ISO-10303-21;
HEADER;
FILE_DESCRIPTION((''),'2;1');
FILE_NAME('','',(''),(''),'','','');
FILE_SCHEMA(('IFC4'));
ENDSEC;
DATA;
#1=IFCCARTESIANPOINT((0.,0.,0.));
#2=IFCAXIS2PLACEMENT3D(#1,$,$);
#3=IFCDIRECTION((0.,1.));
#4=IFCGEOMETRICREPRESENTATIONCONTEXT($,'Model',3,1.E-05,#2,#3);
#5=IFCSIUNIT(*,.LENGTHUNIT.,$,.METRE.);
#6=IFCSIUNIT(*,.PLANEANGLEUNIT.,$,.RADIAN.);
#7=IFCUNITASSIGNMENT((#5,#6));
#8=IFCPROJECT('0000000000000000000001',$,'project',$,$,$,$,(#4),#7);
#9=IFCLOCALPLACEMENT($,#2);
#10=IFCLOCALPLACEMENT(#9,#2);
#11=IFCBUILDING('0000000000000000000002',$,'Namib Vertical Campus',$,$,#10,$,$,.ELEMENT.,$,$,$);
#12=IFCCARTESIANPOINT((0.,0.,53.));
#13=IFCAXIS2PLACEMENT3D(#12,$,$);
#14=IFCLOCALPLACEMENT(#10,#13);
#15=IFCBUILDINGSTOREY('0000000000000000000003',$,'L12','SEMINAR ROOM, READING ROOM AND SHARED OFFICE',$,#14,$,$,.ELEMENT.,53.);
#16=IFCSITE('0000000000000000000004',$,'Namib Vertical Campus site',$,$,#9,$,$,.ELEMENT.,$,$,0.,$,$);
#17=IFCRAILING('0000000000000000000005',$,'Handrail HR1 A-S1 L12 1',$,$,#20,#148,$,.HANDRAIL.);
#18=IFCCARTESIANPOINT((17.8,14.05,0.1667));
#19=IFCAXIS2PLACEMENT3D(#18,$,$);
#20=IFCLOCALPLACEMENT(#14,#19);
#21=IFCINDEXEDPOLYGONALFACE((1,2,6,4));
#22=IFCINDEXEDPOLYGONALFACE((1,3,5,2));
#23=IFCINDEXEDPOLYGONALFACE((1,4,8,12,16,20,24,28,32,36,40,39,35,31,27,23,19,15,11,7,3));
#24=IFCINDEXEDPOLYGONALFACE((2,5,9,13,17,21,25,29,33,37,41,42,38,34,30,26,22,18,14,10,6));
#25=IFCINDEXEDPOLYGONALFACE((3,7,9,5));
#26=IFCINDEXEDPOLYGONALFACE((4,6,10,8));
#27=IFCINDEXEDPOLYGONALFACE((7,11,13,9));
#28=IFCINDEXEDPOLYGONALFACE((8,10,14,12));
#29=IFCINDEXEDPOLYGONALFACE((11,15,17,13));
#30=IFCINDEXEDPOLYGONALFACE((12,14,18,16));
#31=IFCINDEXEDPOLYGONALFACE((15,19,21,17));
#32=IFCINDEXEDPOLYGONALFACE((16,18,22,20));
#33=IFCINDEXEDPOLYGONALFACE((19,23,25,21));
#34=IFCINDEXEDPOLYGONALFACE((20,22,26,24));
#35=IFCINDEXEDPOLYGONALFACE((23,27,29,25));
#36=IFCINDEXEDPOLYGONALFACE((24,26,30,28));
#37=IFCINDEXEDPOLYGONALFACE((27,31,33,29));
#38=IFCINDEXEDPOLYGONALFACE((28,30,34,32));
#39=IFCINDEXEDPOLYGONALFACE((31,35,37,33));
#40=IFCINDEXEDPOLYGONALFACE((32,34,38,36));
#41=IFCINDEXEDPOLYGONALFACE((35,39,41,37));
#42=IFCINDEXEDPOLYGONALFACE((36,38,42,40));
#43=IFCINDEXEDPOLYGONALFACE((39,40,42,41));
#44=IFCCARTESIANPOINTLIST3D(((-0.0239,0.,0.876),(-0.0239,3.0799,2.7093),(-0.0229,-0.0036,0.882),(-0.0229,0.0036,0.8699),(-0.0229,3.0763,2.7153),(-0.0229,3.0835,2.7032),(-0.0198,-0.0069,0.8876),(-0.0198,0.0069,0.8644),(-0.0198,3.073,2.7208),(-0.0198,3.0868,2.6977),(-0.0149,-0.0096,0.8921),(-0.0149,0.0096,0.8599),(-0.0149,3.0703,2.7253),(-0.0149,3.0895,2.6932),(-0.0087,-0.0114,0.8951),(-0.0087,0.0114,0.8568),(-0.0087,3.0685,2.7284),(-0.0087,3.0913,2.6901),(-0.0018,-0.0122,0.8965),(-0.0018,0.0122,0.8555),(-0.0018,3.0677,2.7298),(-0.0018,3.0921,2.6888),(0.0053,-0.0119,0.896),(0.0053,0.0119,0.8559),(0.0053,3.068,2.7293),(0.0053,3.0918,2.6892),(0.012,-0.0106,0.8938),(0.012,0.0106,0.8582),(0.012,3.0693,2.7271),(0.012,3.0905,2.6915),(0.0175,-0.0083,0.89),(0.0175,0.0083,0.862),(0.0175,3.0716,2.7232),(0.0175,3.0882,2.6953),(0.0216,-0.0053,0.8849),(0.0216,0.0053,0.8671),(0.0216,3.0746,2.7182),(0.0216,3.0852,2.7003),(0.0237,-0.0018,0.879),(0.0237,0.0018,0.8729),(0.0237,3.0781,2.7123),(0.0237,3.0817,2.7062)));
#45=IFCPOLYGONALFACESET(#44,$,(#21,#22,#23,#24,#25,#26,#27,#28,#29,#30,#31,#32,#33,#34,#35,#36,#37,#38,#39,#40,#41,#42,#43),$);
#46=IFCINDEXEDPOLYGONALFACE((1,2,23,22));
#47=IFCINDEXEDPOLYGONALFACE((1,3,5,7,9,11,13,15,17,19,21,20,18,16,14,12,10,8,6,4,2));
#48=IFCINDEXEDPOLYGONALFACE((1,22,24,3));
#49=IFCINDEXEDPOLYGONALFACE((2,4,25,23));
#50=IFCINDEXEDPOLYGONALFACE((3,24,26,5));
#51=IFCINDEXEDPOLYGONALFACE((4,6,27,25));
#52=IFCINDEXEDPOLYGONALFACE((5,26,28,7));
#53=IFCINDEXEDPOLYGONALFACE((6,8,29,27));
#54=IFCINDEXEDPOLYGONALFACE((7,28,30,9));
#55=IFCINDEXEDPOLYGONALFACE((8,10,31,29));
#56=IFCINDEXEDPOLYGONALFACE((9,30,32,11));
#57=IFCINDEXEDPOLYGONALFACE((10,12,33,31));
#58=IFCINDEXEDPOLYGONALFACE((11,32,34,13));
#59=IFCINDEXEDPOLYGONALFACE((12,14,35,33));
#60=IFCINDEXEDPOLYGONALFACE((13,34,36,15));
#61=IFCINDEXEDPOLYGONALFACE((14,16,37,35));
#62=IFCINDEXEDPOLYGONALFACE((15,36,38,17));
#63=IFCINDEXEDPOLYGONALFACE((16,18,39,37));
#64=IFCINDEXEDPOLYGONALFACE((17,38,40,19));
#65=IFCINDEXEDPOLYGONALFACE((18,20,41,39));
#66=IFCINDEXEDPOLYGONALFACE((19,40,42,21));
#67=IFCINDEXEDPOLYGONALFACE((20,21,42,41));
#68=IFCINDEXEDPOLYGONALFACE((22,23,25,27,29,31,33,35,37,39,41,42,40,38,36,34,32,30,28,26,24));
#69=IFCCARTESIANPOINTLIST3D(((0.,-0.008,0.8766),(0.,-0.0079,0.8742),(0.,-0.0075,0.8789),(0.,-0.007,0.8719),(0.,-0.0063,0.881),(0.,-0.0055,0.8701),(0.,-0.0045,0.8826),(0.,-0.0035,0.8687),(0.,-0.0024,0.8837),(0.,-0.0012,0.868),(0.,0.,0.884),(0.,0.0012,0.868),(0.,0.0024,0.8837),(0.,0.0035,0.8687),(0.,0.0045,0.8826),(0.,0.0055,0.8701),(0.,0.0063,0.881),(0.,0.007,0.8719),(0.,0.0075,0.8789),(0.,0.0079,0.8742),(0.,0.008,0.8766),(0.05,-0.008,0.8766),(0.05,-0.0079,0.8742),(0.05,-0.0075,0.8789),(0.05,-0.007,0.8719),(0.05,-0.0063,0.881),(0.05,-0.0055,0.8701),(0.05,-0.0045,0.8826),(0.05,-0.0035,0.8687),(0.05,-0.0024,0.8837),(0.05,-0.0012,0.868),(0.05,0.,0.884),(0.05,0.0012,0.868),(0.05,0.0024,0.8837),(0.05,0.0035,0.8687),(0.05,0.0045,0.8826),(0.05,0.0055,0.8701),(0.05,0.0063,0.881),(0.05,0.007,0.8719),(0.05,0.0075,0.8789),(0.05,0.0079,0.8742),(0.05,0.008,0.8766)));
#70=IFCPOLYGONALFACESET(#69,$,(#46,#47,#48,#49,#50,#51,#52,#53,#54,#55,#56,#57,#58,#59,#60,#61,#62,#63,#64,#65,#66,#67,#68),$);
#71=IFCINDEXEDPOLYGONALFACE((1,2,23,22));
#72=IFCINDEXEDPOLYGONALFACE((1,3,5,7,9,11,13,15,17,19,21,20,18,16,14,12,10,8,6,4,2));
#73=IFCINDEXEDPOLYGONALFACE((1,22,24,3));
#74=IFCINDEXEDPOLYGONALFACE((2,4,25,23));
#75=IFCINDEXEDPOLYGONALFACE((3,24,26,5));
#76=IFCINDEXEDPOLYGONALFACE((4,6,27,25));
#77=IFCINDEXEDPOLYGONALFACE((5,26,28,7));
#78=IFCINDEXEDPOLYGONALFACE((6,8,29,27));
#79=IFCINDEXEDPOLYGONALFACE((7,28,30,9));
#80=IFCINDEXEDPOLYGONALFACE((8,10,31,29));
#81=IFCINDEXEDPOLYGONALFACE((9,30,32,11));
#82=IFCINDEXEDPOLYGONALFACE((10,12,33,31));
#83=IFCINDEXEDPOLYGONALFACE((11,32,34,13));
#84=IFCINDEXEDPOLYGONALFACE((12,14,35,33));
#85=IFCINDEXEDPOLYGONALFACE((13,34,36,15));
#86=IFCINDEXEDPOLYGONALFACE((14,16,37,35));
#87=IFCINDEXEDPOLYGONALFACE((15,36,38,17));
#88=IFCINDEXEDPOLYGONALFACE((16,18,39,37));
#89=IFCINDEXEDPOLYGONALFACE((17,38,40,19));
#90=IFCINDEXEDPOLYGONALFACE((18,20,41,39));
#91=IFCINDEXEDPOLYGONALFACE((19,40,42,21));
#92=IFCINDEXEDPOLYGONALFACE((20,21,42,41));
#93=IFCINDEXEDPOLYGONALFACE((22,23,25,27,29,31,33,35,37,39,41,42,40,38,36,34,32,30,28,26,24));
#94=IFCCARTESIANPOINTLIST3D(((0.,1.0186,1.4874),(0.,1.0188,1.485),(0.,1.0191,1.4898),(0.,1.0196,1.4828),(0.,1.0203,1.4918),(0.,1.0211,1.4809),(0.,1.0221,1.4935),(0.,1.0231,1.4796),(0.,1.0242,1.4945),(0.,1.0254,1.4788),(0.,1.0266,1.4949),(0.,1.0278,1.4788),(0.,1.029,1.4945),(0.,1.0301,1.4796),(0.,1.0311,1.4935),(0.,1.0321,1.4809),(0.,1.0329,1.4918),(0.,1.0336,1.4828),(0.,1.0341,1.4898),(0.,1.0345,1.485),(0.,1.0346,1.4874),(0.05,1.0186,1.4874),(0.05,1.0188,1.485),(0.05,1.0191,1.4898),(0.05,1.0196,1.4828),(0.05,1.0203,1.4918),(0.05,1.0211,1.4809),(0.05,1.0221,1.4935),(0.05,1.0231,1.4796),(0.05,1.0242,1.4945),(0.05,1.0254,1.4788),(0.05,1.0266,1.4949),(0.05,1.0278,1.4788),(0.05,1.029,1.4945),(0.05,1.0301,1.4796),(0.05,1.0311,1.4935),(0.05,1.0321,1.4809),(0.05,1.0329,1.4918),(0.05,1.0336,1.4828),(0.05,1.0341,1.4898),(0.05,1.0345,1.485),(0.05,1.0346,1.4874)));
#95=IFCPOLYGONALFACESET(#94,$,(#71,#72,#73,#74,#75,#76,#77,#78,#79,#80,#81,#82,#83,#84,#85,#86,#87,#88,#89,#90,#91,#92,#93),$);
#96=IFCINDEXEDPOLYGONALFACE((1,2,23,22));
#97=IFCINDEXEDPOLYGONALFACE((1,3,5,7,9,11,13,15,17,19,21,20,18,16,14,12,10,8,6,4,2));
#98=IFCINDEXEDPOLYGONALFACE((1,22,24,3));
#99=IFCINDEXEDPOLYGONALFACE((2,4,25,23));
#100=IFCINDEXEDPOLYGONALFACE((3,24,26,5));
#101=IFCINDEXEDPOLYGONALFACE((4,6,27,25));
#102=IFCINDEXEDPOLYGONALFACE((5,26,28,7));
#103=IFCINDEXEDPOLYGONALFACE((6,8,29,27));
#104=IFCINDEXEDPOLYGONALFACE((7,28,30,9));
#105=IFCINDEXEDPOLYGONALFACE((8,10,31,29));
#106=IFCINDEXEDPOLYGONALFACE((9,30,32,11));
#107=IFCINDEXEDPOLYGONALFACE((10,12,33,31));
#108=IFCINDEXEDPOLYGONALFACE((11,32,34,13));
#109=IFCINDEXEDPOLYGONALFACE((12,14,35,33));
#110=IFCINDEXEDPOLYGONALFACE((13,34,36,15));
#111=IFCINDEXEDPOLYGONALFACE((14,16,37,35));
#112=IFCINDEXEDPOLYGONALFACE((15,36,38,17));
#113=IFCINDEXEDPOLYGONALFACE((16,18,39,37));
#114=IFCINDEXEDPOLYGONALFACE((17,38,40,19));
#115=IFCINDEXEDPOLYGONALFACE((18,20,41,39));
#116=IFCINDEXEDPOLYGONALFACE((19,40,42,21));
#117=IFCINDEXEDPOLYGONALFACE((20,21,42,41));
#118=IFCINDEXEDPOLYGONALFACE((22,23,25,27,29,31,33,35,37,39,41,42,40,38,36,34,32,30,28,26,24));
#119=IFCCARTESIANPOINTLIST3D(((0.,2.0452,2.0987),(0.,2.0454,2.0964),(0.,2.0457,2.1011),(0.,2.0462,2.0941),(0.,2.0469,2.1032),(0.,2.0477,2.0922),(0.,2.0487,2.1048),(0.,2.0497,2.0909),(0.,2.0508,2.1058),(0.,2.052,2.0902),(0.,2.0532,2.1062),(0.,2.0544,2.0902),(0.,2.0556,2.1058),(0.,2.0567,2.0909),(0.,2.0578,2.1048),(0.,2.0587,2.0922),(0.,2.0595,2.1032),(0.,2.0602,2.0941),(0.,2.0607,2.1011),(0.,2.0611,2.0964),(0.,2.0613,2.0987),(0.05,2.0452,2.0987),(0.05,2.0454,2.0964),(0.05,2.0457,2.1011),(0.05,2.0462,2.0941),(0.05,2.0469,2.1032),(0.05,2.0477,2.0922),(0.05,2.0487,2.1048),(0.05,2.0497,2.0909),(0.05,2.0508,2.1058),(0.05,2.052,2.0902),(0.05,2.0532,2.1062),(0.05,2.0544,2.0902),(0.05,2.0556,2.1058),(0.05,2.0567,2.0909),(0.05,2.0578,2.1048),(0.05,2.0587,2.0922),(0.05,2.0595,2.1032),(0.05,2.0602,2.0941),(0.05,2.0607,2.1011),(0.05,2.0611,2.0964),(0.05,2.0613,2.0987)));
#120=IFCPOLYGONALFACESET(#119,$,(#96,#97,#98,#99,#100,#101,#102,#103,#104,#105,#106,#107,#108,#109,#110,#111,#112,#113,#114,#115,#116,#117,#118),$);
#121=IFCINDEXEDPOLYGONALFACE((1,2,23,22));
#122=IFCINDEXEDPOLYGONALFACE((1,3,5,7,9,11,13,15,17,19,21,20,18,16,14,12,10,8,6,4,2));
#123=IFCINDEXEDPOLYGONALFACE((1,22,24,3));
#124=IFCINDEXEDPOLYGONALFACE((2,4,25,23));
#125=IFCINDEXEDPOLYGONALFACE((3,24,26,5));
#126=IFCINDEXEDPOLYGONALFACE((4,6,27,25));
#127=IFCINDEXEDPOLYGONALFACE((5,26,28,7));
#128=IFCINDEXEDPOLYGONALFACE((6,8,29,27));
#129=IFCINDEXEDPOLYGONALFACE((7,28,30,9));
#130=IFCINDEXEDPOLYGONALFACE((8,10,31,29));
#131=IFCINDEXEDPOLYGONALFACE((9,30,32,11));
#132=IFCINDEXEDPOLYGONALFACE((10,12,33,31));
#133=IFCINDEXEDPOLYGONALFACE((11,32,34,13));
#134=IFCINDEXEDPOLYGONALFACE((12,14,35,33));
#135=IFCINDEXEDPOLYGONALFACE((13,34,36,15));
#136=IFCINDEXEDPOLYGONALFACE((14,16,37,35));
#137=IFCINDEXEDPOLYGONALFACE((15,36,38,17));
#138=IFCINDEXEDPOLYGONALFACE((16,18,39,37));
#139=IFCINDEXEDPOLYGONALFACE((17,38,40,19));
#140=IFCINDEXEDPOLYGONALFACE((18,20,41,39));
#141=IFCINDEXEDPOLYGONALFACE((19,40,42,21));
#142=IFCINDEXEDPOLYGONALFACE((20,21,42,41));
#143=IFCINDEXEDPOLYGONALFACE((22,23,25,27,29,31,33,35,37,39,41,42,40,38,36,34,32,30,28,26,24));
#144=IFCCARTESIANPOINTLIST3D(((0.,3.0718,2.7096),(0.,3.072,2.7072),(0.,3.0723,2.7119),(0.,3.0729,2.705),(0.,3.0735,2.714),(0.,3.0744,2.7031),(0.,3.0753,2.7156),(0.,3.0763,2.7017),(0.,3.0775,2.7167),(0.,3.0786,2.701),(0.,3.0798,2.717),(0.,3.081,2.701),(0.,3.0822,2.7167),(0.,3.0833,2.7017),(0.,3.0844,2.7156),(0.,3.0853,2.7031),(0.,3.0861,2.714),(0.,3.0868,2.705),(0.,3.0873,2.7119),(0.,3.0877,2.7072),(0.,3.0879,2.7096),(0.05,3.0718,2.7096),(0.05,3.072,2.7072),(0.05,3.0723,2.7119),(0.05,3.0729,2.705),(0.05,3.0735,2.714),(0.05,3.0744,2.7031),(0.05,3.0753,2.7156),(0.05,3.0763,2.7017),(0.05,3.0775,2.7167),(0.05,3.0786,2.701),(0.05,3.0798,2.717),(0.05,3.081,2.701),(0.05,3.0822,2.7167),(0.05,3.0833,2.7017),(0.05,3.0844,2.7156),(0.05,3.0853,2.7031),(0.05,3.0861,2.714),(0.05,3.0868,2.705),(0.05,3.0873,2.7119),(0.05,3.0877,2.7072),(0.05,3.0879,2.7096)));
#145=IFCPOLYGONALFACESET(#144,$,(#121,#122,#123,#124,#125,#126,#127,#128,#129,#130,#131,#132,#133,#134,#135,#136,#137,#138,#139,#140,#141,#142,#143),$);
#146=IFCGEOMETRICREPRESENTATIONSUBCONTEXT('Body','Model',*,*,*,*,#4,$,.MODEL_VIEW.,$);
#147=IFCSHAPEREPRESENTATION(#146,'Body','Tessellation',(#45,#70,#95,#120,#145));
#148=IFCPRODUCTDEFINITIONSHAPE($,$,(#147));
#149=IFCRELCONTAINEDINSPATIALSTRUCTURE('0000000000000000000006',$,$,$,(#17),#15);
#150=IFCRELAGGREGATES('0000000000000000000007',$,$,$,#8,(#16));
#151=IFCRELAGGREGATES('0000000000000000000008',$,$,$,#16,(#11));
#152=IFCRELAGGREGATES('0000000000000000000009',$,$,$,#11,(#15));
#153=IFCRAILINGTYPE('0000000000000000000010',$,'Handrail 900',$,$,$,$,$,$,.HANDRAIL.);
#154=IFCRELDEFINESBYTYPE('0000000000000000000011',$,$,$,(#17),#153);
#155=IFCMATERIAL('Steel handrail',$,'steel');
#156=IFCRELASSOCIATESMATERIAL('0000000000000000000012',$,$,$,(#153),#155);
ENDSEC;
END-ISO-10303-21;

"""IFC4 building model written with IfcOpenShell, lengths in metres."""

from ifc_helpers import new_model, si_unit, direction, frame, origin, origin_2d, place, context, subcontext, project, spatial, circle, extrude, material, type_object, element, save


model = new_model("IFC4")

# Units and contexts
model_context = context("Model", 3, precision=1e-05, world=origin(), true_north=direction((0.0, 1.0)))
body_context = subcontext(model_context, "Body", "Model", "MODEL_VIEW")
ifc_project = project(units=[si_unit("LENGTHUNIT", "METRE"), si_unit("PLANEANGLEUNIT", "RADIAN")], contexts=[model_context])

# Site, building, storey
site_placement = place(None, origin())
site = spatial("IfcSite", under=ifc_project, at=site_placement, Name="Namib Vertical Campus site", CompositionType="ELEMENT", RefElevation=0.0)
building_placement = place(site_placement, origin())
building = spatial("IfcBuilding", under=site, at=building_placement, Name="Namib Vertical Campus", CompositionType="ELEMENT")
storey_placement = place(building_placement, frame((0.0, 0.0, 53.0)))
storey = spatial("IfcBuildingStorey", under=building, at=storey_placement, Name="L12", Description="SEMINAR ROOM, READING ROOM AND SHARED OFFICE", CompositionType="ELEMENT", Elevation=53.0)

# Railing
ifc_material_1 = material(Name="Steel handrail", Category="steel")
railing_type_1 = type_object("IfcRailingType", Name="Handrail 900", PredefinedType="HANDRAIL", material=ifc_material_1)
railing_1_placement = place(storey_placement, frame((17.8, 14.05, 0.1667)))
element("IfcRailing", 1, at=railing_1_placement, inside=storey, type_object=railing_type_1, Name="Handrail HR1 A-S1 L12 1", PredefinedType="HANDRAIL", context=body_context, shape_type="SweptSolid", body=[
    extrude(circle(Radius=0.0239, at=origin_2d()), frame((0.0, 0.0, 0.876), z_axis=(0.0, 0.859291, 0.511487), x_axis=(-1.0, 0.0, 0.0)), (0.0, 0.0, 1.0), 3.5842),
    extrude(circle(Radius=0.0081, at=origin_2d()), frame((0.0, 0.0, 0.876), z_axis=(1.0, 0.0, 0.0), x_axis=(0.0, 0.0, 1.0)), (0.0, 0.0, 1.0), 0.05),
    extrude(circle(Radius=0.0081, at=origin_2d()), frame((0.0, 1.0266, 1.4868), z_axis=(1.0, 0.0, 0.0), x_axis=(0.0, 0.0, 1.0)), (0.0, 0.0, 1.0), 0.05),
    extrude(circle(Radius=0.0081, at=origin_2d()), frame((0.0, 2.0532, 2.0981), z_axis=(1.0, 0.0, 0.0), x_axis=(0.0, 0.0, 1.0)), (0.0, 0.0, 1.0), 0.05),
    extrude(circle(Radius=0.0081, at=origin_2d()), frame((0.0, 3.0798, 2.709), z_axis=(1.0, 0.0, 0.0), x_axis=(0.0, 0.0, 1.0)), (0.0, 0.0, 1.0), 0.05),
])

save(model, "model.ifc")
